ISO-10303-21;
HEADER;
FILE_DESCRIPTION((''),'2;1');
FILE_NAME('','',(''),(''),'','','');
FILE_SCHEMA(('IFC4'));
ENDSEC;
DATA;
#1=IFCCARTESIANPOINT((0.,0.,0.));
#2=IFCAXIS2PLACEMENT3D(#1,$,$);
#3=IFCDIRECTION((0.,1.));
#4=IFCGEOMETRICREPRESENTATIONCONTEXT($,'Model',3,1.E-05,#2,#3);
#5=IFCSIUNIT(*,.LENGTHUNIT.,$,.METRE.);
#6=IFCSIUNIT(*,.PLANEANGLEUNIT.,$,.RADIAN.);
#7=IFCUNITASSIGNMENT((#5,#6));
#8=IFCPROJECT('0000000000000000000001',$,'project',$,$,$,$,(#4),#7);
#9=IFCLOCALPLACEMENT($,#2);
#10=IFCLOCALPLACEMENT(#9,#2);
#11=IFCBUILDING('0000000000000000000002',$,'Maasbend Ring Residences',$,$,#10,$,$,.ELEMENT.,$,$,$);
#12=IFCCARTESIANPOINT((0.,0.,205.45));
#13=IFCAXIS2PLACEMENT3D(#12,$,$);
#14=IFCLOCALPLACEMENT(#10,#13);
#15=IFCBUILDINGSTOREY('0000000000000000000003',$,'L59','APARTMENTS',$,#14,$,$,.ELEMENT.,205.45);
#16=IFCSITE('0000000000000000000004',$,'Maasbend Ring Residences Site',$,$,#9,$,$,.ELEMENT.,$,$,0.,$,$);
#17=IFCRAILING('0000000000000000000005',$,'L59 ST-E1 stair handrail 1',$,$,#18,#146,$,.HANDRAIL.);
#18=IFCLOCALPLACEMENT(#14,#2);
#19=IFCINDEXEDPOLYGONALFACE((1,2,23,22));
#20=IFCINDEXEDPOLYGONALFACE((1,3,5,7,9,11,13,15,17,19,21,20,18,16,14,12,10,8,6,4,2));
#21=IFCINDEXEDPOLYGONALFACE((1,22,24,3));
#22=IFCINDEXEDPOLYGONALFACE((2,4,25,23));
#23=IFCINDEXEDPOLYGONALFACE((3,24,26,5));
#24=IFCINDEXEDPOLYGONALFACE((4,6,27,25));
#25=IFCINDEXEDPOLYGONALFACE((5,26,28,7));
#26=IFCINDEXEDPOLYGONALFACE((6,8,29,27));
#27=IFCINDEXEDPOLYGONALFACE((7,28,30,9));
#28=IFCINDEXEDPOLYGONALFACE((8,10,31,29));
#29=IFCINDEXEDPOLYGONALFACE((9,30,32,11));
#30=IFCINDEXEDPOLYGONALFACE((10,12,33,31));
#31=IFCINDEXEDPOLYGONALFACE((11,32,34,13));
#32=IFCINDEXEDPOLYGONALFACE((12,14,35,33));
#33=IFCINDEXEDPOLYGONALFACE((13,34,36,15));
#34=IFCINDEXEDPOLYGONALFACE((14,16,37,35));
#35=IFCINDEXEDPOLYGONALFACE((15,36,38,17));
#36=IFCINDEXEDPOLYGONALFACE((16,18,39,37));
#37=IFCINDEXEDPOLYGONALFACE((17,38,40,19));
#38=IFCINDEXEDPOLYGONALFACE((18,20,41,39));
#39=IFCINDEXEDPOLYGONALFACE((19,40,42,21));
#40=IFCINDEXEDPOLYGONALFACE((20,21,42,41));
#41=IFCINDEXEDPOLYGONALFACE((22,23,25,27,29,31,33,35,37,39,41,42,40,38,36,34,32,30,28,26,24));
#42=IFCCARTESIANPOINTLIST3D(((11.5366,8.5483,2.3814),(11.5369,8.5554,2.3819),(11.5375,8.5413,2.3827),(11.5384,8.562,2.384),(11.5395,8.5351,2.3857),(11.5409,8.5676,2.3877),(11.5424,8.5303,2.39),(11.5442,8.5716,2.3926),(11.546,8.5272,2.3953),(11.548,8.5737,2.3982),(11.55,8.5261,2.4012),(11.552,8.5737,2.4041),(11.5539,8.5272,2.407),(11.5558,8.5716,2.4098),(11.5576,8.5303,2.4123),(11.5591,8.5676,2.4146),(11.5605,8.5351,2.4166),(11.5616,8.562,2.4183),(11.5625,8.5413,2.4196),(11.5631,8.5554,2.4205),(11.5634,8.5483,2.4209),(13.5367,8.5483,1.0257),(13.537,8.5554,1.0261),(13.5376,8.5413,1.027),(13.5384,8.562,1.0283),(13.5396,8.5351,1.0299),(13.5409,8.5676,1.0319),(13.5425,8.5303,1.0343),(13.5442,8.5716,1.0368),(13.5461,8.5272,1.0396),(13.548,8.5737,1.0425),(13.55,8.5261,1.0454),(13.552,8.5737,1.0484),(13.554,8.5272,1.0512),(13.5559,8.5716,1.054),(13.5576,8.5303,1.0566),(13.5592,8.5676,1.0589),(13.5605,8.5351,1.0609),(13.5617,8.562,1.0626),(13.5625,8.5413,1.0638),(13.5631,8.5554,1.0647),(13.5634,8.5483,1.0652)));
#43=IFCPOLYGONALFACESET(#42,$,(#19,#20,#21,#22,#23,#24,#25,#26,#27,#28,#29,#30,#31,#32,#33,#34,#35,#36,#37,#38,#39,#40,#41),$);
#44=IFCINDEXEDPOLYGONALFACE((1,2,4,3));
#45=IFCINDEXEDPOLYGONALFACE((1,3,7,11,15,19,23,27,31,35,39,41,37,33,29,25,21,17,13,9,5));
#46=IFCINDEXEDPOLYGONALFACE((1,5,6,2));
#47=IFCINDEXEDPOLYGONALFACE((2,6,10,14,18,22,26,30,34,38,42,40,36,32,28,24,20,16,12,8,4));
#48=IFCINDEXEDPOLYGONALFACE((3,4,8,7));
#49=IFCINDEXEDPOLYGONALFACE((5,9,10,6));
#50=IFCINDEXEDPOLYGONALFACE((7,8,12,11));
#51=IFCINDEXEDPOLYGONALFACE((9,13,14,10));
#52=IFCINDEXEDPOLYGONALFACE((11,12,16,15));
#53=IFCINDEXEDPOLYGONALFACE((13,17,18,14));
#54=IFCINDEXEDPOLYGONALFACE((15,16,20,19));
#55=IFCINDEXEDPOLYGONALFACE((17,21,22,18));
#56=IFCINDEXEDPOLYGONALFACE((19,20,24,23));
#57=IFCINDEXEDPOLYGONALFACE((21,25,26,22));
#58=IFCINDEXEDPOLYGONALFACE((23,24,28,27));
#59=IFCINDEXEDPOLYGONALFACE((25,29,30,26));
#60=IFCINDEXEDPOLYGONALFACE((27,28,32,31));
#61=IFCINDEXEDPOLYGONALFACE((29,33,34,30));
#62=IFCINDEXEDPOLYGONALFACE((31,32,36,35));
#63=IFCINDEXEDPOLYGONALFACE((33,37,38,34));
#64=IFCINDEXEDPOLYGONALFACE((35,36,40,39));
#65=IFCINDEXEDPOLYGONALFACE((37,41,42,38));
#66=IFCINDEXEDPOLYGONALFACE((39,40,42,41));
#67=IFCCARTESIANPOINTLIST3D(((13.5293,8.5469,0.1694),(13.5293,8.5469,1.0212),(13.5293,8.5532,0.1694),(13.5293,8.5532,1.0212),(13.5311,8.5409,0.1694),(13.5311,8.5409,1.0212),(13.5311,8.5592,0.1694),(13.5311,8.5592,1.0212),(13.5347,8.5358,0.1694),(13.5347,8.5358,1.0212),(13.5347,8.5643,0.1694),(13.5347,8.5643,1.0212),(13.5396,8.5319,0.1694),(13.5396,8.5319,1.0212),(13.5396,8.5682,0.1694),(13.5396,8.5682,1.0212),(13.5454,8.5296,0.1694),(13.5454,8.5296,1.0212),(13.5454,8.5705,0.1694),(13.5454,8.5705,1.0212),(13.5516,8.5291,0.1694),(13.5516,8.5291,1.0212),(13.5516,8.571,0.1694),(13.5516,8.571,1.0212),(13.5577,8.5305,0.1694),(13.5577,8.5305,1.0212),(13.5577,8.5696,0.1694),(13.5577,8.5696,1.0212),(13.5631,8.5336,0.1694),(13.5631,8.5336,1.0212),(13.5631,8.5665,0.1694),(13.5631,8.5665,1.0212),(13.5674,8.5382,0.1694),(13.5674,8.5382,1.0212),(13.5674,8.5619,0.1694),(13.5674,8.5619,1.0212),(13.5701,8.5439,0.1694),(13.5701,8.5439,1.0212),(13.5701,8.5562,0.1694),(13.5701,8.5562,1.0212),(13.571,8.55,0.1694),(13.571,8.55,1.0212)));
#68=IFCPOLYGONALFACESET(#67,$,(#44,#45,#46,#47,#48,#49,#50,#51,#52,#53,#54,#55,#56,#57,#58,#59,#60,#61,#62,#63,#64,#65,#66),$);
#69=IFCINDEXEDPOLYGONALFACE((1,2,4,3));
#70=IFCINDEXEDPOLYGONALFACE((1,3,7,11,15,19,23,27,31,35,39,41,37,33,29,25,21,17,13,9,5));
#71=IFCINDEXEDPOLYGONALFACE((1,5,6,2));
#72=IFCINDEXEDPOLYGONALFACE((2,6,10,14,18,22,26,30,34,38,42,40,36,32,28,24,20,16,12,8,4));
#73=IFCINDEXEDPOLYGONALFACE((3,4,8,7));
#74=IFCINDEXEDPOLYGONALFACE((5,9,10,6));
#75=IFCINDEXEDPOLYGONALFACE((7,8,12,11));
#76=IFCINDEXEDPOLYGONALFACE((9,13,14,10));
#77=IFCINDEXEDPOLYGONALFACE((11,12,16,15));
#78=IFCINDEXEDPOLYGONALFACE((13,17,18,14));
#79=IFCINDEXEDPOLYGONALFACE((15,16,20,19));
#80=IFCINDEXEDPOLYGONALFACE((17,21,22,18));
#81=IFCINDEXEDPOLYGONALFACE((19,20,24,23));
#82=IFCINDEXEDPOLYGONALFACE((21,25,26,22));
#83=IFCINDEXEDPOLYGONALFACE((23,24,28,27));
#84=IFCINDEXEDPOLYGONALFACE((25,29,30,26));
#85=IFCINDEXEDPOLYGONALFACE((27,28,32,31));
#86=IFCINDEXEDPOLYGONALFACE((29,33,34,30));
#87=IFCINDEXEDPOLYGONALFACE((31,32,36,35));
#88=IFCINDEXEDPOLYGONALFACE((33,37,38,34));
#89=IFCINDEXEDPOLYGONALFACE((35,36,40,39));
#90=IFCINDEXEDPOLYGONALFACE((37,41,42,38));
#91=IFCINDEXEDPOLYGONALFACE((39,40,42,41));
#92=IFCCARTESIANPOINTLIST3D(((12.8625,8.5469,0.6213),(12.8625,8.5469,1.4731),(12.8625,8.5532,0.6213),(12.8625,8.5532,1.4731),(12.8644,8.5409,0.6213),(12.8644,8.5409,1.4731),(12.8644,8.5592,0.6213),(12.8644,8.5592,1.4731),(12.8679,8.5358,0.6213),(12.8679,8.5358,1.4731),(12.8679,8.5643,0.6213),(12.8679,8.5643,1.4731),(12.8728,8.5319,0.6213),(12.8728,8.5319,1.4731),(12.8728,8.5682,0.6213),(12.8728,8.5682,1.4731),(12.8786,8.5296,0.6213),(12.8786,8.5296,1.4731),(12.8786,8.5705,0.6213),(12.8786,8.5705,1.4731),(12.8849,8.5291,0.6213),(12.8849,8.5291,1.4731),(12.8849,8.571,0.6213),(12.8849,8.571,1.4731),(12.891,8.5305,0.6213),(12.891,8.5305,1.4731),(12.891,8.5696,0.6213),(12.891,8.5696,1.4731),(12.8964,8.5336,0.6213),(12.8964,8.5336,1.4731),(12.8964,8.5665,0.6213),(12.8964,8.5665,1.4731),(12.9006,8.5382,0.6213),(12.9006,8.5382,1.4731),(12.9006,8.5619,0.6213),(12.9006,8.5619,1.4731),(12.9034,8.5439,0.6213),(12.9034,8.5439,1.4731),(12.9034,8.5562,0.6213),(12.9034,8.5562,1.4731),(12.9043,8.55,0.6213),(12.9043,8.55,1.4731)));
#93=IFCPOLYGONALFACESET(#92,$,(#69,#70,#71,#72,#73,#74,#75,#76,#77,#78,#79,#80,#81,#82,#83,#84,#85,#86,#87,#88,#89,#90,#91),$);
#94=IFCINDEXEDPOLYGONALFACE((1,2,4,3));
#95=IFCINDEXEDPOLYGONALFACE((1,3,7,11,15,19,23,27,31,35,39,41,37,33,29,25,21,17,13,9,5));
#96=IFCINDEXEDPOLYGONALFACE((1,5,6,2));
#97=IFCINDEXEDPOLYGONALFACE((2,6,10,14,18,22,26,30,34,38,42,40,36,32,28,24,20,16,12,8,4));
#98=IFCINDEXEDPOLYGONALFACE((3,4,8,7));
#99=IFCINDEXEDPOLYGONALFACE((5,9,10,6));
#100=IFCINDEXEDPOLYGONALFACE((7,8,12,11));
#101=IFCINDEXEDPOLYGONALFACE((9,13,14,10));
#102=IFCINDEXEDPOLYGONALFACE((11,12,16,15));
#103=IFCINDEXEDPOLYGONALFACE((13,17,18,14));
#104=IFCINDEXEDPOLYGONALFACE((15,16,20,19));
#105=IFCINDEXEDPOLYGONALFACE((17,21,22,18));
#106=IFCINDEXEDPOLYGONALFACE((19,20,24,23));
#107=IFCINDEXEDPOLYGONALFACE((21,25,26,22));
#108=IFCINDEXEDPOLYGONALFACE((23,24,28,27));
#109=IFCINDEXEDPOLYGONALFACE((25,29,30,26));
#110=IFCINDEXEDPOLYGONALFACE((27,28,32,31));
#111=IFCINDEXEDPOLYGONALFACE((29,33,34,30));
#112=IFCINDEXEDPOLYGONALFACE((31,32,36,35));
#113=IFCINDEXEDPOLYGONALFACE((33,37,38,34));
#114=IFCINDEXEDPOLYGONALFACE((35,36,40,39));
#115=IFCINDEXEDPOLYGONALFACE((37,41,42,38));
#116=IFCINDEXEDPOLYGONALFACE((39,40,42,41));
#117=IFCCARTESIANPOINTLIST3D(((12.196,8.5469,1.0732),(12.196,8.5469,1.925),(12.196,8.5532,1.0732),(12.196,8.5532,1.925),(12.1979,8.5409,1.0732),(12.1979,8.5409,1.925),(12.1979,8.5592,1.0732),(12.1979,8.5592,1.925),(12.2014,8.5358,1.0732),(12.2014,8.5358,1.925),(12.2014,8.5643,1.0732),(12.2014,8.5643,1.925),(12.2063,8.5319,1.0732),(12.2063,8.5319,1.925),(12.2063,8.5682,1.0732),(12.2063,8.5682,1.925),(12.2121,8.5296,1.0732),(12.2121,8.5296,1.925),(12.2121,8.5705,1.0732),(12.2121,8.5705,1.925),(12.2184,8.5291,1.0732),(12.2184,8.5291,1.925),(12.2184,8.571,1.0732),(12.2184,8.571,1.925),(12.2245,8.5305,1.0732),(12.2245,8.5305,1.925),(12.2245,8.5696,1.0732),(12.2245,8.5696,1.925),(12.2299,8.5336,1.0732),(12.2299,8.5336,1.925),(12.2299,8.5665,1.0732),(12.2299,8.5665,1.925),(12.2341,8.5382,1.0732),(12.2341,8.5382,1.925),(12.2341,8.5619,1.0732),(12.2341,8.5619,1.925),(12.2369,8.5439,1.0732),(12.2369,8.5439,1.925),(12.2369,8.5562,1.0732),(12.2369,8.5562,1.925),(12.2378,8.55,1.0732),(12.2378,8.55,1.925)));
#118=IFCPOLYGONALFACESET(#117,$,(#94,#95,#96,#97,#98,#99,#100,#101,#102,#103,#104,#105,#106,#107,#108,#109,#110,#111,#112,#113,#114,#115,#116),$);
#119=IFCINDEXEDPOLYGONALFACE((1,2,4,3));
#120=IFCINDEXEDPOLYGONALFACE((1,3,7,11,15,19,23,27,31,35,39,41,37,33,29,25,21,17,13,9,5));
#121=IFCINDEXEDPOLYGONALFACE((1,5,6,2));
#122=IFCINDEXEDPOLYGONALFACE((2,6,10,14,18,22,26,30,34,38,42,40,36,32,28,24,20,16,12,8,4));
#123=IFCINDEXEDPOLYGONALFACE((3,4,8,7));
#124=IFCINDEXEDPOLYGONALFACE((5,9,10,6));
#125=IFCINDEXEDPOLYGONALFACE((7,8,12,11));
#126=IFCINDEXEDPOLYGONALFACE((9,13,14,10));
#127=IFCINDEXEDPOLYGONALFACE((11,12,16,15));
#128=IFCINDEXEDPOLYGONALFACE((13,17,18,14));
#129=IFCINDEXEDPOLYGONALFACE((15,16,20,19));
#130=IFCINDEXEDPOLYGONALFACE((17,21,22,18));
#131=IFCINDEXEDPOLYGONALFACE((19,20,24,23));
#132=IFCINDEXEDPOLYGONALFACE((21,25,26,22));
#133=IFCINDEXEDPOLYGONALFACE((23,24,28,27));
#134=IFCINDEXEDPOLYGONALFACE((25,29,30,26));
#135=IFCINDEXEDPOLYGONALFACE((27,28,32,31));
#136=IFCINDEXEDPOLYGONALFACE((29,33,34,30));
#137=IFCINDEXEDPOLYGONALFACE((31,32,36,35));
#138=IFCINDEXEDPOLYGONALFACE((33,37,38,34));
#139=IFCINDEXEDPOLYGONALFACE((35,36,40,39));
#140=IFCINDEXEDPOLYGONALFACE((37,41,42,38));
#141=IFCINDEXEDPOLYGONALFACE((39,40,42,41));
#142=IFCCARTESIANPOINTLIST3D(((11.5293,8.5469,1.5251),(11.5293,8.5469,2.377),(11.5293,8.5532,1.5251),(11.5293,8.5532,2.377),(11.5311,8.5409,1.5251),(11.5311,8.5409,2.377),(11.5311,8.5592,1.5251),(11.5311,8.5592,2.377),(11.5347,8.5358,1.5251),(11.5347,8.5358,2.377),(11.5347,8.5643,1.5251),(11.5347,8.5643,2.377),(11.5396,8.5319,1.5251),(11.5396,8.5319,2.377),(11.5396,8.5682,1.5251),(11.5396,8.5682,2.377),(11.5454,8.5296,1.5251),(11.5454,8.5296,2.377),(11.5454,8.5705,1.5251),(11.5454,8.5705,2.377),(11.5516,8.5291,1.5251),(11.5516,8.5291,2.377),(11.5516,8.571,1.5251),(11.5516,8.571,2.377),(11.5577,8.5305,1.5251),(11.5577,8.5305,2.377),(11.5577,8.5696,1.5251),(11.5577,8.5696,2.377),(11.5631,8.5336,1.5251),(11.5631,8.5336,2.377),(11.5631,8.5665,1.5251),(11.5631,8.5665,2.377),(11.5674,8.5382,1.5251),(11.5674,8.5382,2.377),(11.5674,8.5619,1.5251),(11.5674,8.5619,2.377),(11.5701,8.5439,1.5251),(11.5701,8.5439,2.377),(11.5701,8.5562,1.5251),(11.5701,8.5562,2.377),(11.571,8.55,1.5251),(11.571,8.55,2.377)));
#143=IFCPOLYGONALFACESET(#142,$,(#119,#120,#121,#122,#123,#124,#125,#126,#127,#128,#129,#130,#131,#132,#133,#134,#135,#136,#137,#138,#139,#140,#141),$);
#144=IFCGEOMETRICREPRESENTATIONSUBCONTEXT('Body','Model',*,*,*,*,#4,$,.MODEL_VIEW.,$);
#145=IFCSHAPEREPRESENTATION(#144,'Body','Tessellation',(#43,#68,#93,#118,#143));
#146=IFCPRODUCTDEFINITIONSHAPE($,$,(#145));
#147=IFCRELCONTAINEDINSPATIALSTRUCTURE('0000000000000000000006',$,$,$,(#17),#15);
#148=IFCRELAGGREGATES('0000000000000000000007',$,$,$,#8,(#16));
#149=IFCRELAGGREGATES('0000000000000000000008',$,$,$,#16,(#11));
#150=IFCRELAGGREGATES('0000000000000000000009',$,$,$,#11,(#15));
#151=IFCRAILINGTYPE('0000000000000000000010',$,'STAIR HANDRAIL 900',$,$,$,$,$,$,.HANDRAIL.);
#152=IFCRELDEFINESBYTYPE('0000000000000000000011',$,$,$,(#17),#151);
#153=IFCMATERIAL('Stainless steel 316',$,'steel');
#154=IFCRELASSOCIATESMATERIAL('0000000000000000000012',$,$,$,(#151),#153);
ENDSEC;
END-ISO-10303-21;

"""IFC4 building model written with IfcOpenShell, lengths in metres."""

from ifc_helpers import new_model, si_unit, direction, frame, origin, origin_2d, place, context, subcontext, project, spatial, circle, extrude, material, type_object, element, save


model = new_model("IFC4")

# Units and contexts
model_context = context("Model", 3, precision=1e-05, world=origin(), true_north=direction((0.0, 1.0)))
body_context = subcontext(model_context, "Body", "Model", "MODEL_VIEW")
ifc_project = project(units=[si_unit("LENGTHUNIT", "METRE"), si_unit("PLANEANGLEUNIT", "RADIAN")], contexts=[model_context])

# Site, building, storey
site_placement = place(None, origin())
site = spatial("IfcSite", under=ifc_project, at=site_placement, Name="Maasbend Ring Residences Site", CompositionType="ELEMENT", RefElevation=0.0)
building_placement = place(site_placement, origin())
building = spatial("IfcBuilding", under=site, at=building_placement, Name="Maasbend Ring Residences", CompositionType="ELEMENT")
storey_placement = place(building_placement, frame((0.0, 0.0, 205.45)))
storey = spatial("IfcBuildingStorey", under=building, at=storey_placement, Name="L59", Description="APARTMENTS", CompositionType="ELEMENT", Elevation=205.45)

# Railing
ifc_material_1 = material(Name="Stainless steel 316", Category="steel")
railing_type_1 = type_object("IfcRailingType", Name="STAIR HANDRAIL 900", PredefinedType="HANDRAIL", material=ifc_material_1)
railing_1_placement = place(storey_placement, frame((13.55, 8.55, 0.1694)))
element("IfcRailing", 1, at=railing_1_placement, inside=storey, type_object=railing_type_1, Name="L59 ST-E1 stair handrail 1", PredefinedType="HANDRAIL", context=body_context, shape_type="SweptSolid", body=[
    extrude(circle(Radius=0.0239, at=origin_2d()), frame((0.0, 0.0, 0.876), z_axis=(-0.827751, 0.0, 0.561096), x_axis=(0.0, -1.0, 0.0)), (0.0, 0.0, 1.0), 2.4163),
    extrude(circle(Radius=0.021, at=origin_2d()), origin(), (0.0, 0.0, 1.0), 0.8518),
    extrude(circle(Radius=0.021, at=origin_2d()), frame((-0.6667, 0.0, 0.4519)), (0.0, 0.0, 1.0), 0.8518),
    extrude(circle(Radius=0.021, at=origin_2d()), frame((-1.3333, 0.0, 0.9038)), (0.0, 0.0, 1.0), 0.8518),
    extrude(circle(Radius=0.021, at=origin_2d()), frame((-2.0, 0.0, 1.3557)), (0.0, 0.0, 1.0), 0.8518),
])

save(model, "model.ifc")
